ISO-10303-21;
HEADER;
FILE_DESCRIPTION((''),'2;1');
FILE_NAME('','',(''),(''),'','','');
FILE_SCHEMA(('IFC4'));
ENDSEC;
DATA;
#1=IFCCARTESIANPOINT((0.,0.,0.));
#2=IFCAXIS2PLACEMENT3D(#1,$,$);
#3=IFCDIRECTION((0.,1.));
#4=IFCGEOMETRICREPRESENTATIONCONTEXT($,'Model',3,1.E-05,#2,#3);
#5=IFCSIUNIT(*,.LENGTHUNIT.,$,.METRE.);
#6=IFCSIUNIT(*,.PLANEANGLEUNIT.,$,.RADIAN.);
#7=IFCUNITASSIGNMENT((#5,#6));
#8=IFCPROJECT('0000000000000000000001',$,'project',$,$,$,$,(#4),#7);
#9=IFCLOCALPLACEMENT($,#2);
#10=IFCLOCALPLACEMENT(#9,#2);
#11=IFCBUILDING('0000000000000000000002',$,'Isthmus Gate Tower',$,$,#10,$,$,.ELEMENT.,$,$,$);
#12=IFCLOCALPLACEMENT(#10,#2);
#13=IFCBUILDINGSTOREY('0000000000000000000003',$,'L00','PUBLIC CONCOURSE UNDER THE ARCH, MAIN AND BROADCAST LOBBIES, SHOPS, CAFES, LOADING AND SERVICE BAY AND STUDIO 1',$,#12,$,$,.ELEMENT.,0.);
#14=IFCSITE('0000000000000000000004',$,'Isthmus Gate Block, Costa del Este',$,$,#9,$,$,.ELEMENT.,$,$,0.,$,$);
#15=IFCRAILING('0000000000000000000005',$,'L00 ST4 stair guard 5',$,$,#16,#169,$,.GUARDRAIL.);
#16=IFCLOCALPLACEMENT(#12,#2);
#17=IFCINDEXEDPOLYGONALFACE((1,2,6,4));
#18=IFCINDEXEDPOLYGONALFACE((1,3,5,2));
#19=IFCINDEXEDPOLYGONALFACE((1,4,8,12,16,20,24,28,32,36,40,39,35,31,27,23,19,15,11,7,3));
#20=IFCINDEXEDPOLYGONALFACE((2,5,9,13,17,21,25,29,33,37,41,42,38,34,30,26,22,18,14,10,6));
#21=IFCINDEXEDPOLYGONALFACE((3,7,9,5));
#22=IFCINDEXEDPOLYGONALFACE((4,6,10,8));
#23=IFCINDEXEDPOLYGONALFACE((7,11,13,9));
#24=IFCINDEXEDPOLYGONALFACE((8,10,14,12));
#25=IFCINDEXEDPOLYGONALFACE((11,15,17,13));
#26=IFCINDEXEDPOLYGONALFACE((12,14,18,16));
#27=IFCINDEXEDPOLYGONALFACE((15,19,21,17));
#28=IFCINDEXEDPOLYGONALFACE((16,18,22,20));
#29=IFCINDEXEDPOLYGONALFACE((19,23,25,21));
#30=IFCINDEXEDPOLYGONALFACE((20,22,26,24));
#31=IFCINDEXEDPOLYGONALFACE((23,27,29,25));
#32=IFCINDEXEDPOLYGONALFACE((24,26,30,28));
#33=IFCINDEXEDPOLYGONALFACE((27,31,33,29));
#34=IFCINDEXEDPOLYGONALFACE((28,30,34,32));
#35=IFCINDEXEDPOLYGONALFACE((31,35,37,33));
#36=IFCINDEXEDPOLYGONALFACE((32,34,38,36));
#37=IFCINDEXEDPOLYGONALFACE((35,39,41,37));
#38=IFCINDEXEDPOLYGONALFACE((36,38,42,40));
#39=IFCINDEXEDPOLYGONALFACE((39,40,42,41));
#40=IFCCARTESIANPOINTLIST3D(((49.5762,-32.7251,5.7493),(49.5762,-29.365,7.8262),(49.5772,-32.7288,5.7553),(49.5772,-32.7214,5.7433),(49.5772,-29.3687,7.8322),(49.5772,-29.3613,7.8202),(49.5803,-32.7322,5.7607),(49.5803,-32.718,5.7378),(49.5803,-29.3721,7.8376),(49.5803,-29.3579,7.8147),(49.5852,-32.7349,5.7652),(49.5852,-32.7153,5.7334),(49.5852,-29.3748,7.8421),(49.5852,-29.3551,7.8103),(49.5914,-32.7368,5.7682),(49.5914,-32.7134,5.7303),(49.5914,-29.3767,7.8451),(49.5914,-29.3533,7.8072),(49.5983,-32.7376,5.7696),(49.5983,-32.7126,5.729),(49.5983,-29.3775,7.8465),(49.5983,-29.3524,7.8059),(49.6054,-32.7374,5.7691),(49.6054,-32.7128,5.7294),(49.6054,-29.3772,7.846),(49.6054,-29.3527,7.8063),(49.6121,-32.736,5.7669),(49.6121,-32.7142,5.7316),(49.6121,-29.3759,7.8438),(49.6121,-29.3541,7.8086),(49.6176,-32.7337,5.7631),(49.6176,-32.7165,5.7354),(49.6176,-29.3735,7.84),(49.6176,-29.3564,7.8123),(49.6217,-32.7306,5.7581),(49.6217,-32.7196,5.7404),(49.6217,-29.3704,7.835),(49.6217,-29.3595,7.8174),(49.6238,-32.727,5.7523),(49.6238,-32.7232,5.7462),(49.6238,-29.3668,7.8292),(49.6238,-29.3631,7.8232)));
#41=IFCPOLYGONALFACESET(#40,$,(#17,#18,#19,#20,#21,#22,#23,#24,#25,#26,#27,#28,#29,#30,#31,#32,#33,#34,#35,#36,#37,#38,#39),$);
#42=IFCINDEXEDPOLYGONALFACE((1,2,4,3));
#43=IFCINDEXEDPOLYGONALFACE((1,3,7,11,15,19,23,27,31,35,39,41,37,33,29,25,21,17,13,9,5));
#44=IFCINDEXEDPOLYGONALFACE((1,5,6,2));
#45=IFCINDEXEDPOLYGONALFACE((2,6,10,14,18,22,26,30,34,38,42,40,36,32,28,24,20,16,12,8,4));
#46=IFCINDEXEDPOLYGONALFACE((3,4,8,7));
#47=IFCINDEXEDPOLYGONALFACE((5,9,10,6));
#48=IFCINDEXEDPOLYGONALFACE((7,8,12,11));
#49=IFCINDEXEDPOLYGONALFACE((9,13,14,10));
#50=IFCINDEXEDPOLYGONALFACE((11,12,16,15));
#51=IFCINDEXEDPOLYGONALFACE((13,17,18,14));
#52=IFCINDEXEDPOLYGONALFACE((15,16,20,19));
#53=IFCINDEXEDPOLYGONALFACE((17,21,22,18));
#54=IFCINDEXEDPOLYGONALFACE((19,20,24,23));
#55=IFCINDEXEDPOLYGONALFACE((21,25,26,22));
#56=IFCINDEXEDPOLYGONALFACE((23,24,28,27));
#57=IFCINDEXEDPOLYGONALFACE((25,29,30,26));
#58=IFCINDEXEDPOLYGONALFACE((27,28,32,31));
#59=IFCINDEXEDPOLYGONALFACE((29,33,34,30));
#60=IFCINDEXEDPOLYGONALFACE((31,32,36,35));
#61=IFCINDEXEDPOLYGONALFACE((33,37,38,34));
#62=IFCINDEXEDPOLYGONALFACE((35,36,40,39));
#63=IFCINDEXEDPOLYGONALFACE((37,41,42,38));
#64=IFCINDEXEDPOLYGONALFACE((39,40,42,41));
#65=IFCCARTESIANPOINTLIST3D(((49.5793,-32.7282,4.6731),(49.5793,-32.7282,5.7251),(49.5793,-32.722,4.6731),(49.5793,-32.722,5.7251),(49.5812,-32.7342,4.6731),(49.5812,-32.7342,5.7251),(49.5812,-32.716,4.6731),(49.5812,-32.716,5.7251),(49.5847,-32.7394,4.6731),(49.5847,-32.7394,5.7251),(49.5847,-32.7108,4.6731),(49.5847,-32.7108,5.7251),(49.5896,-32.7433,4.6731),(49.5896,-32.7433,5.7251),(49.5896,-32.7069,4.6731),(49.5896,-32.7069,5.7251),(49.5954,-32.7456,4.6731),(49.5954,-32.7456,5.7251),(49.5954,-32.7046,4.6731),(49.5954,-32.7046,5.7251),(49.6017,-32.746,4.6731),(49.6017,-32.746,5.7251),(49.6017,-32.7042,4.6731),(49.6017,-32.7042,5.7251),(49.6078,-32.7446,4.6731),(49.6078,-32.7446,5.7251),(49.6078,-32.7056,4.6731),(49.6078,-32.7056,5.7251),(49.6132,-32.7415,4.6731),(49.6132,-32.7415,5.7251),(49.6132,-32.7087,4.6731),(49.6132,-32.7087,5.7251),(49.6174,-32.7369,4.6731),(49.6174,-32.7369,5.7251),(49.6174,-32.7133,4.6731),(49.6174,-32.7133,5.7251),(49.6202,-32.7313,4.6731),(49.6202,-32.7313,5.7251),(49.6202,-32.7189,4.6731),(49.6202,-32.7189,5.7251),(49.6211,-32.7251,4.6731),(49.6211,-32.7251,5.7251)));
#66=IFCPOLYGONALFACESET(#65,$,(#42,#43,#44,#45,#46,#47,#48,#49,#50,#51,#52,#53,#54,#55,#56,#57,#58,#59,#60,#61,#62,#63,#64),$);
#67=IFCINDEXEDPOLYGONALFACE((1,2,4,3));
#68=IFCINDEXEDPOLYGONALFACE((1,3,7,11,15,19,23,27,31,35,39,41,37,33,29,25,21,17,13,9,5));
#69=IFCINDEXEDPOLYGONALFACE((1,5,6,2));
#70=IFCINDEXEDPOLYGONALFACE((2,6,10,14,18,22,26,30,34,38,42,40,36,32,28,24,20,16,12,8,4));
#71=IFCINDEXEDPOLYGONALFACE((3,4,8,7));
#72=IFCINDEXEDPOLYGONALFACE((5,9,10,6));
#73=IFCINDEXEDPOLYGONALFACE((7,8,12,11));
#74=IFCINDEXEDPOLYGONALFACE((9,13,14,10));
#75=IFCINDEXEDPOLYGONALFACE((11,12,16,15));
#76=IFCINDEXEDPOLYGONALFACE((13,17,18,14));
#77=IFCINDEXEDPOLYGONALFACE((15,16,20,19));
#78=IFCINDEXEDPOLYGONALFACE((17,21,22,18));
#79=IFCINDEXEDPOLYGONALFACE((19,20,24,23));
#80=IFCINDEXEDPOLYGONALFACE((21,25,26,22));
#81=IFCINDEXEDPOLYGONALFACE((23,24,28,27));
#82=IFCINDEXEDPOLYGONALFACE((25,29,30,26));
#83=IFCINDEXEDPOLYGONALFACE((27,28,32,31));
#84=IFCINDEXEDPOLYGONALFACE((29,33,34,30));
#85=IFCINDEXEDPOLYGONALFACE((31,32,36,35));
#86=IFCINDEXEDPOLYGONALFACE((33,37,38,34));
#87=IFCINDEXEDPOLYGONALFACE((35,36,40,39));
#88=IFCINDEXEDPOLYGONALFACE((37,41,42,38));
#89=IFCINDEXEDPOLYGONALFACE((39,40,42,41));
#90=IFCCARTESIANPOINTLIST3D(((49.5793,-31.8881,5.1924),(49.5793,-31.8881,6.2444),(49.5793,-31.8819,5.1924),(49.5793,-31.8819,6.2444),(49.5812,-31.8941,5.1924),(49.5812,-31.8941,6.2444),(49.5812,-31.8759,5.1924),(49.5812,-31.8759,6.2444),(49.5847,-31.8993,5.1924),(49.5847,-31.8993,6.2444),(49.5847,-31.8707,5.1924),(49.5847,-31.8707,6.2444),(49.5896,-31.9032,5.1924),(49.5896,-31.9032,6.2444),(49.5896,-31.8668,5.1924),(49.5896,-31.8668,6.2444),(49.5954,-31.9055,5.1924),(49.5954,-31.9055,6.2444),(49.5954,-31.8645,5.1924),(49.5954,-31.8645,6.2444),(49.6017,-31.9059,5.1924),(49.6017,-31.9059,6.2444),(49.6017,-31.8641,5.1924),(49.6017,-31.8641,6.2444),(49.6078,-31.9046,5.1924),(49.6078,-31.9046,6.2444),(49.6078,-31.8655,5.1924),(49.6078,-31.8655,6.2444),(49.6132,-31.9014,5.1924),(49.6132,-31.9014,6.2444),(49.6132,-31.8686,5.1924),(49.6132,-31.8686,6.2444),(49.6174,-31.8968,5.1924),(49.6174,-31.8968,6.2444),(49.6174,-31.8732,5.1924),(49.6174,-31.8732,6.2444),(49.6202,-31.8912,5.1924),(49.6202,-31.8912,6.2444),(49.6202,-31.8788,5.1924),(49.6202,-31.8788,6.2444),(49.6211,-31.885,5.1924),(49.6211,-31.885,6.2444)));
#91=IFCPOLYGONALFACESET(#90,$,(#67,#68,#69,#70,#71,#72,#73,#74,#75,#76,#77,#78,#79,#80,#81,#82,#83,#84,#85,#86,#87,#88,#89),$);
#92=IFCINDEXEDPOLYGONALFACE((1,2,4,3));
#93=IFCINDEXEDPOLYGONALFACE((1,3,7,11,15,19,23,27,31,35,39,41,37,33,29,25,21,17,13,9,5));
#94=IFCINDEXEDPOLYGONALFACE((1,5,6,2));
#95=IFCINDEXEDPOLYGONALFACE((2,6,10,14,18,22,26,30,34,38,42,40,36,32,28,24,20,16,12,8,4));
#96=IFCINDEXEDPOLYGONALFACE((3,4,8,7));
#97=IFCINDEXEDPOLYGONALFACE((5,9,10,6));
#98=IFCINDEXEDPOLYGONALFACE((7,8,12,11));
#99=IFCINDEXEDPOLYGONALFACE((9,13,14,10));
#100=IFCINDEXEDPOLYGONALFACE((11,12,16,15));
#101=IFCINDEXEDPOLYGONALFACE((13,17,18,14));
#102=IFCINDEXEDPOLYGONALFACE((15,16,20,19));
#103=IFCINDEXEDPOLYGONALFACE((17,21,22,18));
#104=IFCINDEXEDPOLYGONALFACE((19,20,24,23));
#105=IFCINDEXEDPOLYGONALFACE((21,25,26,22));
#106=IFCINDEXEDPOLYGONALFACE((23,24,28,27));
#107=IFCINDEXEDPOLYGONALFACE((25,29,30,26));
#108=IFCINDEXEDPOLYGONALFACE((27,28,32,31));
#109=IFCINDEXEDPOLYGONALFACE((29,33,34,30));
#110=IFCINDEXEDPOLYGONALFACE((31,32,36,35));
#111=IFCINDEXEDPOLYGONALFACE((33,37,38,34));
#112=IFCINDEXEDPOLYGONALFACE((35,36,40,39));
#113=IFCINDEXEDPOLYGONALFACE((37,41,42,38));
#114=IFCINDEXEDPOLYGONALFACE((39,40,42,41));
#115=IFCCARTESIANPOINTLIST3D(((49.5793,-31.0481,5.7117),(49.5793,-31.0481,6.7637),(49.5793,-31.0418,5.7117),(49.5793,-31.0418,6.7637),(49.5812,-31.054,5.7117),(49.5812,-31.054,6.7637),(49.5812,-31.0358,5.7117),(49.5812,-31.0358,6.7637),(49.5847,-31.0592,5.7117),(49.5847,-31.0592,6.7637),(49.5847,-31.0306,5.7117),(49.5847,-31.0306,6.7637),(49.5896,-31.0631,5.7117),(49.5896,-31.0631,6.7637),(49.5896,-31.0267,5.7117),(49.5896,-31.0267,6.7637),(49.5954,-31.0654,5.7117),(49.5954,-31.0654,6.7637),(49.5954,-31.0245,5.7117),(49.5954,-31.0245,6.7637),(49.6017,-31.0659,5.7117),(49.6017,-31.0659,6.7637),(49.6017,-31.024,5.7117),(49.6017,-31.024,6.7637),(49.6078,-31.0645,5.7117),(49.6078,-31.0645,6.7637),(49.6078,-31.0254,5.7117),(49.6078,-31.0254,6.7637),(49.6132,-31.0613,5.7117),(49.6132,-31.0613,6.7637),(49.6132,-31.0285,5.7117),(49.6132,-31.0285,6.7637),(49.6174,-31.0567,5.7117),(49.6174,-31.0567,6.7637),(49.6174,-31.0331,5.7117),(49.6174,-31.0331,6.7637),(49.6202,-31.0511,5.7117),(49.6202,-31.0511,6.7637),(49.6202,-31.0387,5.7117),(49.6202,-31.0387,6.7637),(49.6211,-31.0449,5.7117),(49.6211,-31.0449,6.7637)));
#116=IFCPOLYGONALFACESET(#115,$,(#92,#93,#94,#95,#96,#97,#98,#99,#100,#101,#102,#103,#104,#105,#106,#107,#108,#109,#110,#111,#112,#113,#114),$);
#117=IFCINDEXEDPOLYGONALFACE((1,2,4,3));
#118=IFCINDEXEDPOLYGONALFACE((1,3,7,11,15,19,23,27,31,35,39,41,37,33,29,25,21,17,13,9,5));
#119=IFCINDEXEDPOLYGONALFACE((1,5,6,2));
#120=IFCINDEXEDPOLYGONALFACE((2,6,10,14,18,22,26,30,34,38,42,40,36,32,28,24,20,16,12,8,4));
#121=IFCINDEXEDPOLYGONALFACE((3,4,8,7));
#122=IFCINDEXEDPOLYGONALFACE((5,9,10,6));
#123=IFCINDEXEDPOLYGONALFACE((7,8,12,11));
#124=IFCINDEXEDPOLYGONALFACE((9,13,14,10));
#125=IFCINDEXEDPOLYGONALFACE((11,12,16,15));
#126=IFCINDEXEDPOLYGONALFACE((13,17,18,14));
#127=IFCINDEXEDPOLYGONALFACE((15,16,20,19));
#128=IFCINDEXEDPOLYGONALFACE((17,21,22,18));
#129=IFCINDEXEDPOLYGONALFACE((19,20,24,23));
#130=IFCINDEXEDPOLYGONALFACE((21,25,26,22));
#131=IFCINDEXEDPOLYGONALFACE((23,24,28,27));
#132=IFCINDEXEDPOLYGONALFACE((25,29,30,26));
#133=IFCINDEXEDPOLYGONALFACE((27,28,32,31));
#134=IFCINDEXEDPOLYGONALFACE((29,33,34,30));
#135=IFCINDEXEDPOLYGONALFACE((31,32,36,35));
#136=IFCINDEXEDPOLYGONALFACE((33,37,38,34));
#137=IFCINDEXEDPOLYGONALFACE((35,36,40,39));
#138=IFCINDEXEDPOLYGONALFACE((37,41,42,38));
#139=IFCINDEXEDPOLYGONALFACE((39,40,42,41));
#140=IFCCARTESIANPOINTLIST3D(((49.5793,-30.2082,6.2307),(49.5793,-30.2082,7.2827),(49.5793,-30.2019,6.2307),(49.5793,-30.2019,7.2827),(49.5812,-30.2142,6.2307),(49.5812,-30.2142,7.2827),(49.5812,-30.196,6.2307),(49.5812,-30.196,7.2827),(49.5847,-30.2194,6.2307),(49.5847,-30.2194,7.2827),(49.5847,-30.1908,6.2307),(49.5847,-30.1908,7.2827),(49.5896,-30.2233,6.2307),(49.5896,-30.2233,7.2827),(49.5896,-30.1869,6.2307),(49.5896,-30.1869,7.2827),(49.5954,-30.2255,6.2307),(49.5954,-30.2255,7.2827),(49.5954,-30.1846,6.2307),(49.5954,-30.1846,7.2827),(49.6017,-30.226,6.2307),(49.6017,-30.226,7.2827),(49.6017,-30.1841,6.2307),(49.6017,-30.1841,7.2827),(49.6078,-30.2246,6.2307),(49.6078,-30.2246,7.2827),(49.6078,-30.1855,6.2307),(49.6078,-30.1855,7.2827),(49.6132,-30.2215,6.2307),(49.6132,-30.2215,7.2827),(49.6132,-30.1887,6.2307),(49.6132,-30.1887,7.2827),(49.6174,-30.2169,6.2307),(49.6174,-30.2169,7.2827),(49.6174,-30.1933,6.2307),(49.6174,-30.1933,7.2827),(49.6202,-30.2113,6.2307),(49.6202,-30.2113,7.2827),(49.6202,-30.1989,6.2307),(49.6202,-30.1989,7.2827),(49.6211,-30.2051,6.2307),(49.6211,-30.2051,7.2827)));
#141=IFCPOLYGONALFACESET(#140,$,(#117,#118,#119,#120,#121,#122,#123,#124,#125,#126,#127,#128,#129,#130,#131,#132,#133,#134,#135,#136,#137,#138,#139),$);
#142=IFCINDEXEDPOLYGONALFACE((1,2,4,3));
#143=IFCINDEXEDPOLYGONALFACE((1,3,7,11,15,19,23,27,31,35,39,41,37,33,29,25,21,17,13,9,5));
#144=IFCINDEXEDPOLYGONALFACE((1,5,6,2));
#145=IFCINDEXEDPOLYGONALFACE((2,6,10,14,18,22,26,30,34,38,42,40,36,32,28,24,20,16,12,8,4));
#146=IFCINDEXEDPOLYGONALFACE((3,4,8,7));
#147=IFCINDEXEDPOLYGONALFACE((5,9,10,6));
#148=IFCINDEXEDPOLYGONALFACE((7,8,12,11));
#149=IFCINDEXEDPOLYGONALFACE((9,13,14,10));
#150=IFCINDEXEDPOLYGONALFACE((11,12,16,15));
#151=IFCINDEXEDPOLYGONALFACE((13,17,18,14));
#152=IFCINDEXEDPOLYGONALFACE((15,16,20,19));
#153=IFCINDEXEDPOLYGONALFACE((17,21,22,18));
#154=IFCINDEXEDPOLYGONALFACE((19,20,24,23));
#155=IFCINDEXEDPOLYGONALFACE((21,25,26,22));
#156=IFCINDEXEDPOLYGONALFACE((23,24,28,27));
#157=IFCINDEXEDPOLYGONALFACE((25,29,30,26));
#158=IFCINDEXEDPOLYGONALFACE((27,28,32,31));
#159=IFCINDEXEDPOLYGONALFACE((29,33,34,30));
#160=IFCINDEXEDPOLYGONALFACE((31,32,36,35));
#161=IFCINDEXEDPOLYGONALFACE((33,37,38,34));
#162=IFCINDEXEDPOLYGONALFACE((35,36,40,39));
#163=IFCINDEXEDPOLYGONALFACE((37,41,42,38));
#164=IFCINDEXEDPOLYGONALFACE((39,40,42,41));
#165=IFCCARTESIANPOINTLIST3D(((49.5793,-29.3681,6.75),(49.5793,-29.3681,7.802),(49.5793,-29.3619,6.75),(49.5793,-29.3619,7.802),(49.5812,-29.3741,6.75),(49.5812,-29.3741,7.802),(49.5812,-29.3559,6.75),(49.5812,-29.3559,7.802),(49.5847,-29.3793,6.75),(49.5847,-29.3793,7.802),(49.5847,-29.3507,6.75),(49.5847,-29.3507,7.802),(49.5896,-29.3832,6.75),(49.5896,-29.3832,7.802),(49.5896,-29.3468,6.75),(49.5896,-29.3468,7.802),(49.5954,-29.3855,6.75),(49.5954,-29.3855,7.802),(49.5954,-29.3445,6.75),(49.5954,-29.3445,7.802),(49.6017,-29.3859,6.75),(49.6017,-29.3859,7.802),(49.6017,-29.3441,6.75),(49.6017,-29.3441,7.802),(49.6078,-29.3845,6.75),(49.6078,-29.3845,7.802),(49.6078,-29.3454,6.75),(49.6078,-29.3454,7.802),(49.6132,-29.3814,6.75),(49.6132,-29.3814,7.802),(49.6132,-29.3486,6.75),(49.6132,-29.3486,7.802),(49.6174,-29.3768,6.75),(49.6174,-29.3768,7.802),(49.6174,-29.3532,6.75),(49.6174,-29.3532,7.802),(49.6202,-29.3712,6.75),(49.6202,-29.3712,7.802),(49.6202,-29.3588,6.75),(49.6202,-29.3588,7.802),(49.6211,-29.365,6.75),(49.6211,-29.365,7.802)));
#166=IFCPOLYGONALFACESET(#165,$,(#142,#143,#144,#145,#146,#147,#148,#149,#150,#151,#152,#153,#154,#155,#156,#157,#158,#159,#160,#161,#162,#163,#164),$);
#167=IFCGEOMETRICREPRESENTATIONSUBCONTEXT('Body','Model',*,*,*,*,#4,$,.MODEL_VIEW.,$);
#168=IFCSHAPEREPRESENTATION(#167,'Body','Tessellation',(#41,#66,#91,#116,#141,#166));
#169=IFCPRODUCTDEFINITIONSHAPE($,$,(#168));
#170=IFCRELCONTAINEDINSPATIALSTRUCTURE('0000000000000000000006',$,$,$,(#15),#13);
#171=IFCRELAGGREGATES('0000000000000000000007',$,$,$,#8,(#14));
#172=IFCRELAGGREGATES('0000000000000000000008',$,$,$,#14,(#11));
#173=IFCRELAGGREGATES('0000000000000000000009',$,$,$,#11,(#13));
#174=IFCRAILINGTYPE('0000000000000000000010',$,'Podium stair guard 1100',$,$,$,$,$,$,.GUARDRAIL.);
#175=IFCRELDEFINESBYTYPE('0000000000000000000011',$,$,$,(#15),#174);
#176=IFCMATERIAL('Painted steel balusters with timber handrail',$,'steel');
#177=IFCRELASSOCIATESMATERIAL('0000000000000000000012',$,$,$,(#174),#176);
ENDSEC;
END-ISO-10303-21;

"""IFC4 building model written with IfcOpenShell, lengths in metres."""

from ifc_helpers import new_model, si_unit, direction, frame, origin, origin_2d, place, context, subcontext, project, spatial, circle, extrude, material, type_object, element, save


model = new_model("IFC4")

# Units and contexts
model_context = context("Model", 3, precision=1e-05, world=origin(), true_north=direction((0.0, 1.0)))
body_context = subcontext(model_context, "Body", "Model", "MODEL_VIEW")
ifc_project = project(units=[si_unit("LENGTHUNIT", "METRE"), si_unit("PLANEANGLEUNIT", "RADIAN")], contexts=[model_context])

# Site, building, storey
site_placement = place(None, origin())
site = spatial("IfcSite", under=ifc_project, at=site_placement, Name="Isthmus Gate Block, Costa del Este", CompositionType="ELEMENT", RefElevation=0.0)
building_placement = place(site_placement, origin())
building = spatial("IfcBuilding", under=site, at=building_placement, Name="Isthmus Gate Tower", CompositionType="ELEMENT")
storey_placement = place(building_placement, origin())
storey = spatial("IfcBuildingStorey", under=building, at=storey_placement, Name="L00", Description="PUBLIC CONCOURSE UNDER THE ARCH, MAIN AND BROADCAST LOBBIES, SHOPS, CAFES, LOADING AND SERVICE BAY AND STUDIO 1", CompositionType="ELEMENT", Elevation=0.0)

# Railing
ifc_material_1 = material(Name="Painted steel balusters with timber handrail", Category="steel")
railing_type_1 = type_object("IfcRailingType", Name="Podium stair guard 1100", PredefinedType="GUARDRAIL", material=ifc_material_1)
railing_1_placement = place(storey_placement, frame((49.6001, -32.7251, 4.6731)))
element("IfcRailing", 1, at=railing_1_placement, inside=storey, type_object=railing_type_1, Name="L00 ST4 stair guard 5", PredefinedType="GUARDRAIL", context=body_context, shape_type="SweptSolid", body=[
    extrude(circle(Radius=0.0239, at=origin_2d()), frame((0.0, 0.0, 1.0762), z_axis=(0.0, 0.850623, 0.525776), x_axis=(-1.0, 0.0, 0.0)), (0.0, 0.0, 1.0), 3.9502),
    extrude(circle(Radius=0.021, at=origin_2d()), origin(), (0.0, 0.0, 1.0), 1.052),
    extrude(circle(Radius=0.021, at=origin_2d()), frame((0.0, 0.8401, 0.5193)), (0.0, 0.0, 1.0), 1.052),
    extrude(circle(Radius=0.021, at=origin_2d()), frame((0.0, 1.6802, 1.0386)), (0.0, 0.0, 1.0), 1.052),
    extrude(circle(Radius=0.021, at=origin_2d()), frame((0.0, 2.52, 1.5576)), (0.0, 0.0, 1.0), 1.052),
    extrude(circle(Radius=0.021, at=origin_2d()), frame((0.0, 3.3601, 2.0769)), (0.0, 0.0, 1.0), 1.052),
])

save(model, "model.ifc")
